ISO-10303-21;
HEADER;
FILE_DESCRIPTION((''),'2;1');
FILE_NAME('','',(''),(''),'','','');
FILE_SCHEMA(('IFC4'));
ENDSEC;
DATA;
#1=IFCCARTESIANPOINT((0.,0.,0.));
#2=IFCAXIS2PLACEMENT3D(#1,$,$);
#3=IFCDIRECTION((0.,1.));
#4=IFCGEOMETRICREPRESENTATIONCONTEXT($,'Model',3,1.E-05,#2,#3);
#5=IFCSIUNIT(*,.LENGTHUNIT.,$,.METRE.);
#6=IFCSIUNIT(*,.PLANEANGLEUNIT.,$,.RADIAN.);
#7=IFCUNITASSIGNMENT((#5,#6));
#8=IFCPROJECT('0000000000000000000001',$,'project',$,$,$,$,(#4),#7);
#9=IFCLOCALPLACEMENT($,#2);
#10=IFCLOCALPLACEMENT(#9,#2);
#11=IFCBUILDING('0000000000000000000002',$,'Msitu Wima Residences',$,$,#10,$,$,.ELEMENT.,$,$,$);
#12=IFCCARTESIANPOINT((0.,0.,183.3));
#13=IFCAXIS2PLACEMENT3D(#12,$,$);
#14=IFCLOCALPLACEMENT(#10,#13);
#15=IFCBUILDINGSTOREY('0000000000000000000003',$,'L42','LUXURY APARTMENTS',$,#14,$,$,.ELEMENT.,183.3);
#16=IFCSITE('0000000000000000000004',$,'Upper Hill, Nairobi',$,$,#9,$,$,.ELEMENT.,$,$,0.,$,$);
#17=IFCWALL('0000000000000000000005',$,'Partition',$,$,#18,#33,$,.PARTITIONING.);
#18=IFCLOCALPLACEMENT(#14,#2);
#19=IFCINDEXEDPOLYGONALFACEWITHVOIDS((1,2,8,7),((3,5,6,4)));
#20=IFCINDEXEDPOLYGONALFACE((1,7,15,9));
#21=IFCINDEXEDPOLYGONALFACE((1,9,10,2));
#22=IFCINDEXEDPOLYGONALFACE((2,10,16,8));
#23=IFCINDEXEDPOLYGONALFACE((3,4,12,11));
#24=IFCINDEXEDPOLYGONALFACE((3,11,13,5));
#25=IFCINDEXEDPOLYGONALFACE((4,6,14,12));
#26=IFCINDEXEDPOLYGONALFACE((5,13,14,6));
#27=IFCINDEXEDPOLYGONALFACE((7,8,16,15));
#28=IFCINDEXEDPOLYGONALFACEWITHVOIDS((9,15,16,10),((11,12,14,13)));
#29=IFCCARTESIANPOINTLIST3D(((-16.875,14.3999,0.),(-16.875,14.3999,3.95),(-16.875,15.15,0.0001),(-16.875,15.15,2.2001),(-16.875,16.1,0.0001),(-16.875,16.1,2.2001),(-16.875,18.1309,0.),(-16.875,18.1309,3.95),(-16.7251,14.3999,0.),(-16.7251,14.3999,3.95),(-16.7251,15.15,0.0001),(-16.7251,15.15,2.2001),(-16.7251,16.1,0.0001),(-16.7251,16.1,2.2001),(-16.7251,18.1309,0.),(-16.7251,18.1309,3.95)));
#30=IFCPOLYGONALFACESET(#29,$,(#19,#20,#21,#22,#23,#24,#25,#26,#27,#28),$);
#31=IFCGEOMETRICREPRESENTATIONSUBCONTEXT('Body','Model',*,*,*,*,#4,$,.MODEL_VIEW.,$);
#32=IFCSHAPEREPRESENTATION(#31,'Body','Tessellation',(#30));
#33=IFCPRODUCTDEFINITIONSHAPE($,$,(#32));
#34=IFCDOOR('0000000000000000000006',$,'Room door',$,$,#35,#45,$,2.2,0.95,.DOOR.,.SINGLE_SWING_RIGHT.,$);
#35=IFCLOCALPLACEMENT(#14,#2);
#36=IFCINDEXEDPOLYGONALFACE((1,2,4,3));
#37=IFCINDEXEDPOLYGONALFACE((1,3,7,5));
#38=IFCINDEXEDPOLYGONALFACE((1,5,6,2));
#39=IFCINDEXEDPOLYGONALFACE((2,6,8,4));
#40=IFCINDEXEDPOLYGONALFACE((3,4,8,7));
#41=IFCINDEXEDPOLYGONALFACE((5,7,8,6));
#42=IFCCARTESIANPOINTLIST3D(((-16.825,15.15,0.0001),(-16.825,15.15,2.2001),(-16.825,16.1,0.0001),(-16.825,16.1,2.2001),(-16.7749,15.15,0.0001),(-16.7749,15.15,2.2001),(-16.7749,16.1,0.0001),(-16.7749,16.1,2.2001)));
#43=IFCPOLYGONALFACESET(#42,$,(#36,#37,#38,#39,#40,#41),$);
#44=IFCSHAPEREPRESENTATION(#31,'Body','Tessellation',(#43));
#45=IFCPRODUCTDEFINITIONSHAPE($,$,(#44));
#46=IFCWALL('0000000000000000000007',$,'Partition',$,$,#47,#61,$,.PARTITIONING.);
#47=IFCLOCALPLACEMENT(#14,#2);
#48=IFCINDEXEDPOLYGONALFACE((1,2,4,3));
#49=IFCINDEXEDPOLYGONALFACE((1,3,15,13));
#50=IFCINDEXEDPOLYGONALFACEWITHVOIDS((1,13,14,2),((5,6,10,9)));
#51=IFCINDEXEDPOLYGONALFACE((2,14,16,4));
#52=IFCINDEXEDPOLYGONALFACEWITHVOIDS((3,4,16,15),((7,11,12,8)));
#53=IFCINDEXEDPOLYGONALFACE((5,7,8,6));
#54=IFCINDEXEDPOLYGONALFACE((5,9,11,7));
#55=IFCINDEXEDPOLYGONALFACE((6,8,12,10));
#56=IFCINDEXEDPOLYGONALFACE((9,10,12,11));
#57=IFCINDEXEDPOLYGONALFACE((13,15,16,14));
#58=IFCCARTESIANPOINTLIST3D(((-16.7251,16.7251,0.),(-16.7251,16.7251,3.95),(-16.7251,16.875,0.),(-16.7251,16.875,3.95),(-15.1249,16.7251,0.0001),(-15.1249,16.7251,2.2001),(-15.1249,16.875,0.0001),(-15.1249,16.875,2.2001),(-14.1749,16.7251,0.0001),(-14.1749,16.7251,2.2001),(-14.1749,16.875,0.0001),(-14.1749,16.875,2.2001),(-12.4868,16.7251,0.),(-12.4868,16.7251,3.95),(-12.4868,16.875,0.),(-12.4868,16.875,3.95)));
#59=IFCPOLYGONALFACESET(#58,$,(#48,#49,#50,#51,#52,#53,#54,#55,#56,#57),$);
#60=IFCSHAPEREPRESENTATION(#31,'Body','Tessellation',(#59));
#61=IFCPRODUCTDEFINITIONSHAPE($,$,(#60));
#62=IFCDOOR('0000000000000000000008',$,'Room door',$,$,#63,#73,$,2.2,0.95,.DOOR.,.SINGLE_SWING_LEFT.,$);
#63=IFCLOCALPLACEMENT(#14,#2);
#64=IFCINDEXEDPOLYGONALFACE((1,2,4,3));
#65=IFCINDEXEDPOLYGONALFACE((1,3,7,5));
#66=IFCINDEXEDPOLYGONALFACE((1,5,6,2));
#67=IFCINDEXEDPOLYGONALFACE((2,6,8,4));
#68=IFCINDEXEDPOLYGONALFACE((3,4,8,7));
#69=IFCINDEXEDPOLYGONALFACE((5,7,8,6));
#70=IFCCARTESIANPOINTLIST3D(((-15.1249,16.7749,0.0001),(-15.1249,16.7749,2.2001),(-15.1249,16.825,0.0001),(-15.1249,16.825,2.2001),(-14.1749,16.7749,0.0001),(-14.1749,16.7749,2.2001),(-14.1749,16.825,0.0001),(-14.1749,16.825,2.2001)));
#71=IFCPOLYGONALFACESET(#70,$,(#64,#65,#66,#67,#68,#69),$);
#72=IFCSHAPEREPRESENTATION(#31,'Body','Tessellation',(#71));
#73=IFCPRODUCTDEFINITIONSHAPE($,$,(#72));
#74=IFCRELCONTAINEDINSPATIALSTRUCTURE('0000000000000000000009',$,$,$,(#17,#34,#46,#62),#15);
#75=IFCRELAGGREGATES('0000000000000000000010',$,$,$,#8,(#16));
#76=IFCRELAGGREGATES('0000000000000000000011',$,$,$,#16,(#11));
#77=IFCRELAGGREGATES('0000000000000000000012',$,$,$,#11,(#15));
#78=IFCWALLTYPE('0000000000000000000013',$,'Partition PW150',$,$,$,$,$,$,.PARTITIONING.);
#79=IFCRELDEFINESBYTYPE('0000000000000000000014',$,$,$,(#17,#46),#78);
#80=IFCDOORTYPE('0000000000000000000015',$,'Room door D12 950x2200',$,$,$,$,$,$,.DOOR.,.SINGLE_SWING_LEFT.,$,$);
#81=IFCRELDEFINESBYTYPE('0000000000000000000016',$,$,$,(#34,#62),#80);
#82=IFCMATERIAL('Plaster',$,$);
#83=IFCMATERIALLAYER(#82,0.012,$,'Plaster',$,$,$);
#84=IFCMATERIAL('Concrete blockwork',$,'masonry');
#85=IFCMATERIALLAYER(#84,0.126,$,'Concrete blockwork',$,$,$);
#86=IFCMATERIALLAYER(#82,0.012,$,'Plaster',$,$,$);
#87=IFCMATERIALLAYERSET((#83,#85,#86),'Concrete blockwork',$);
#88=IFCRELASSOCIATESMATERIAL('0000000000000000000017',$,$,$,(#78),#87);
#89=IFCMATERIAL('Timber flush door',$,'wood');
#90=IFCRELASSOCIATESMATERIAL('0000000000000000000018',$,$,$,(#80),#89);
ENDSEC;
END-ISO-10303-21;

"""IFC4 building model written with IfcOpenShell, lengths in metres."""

from ifc_helpers import new_model, si_unit, direction, frame, frame_2d, origin, place, context, subcontext, project, spatial, rectangle, extrude, material, layer, layer_set, type_object, element, fill, save


model = new_model("IFC4")

# Units and contexts
model_context = context("Model", 3, precision=1e-05, world=origin(), true_north=direction((0.0, 1.0)))
body_context = subcontext(model_context, "Body", "Model", "MODEL_VIEW")
ifc_project = project(units=[si_unit("LENGTHUNIT", "METRE"), si_unit("PLANEANGLEUNIT", "RADIAN")], contexts=[model_context])

# Site, building, storey
site_placement = place(None, origin())
site = spatial("IfcSite", under=ifc_project, at=site_placement, Name="Upper Hill, Nairobi", CompositionType="ELEMENT", RefElevation=0.0)
building_placement = place(site_placement, origin())
building = spatial("IfcBuilding", under=site, at=building_placement, Name="Msitu Wima Residences", CompositionType="ELEMENT")
storey_placement = place(building_placement, frame((0.0, 0.0, 183.3)))
storey = spatial("IfcBuildingStorey", under=building, at=storey_placement, Name="L42", Description="LUXURY APARTMENTS", CompositionType="ELEMENT", Elevation=183.3)

# Shared definitions
ifc_material_1 = material(Name="Plaster")
ifc_material_2 = material(Name="Concrete blockwork", Category="masonry")

# Shared definitions
ifc_layer_1 = layer(ifc_material_1, 0.012, Name="Plaster")
ifc_layer_2 = layer(ifc_material_2, 0.126, Name="Concrete blockwork")
ifc_layer_3 = layer(ifc_material_1, 0.012, Name="Plaster")
ifc_layer_set_1 = layer_set([ifc_layer_1, ifc_layer_2, ifc_layer_3], Name="Concrete blockwork")
wall_type_1 = type_object("IfcWallType", Name="Partition PW150", PredefinedType="PARTITIONING", material=ifc_layer_set_1)

# Shared definitions
ifc_material_3 = material(Name="Timber flush door", Category="wood")
door_type_1 = type_object("IfcDoorType", Name="Room door D12 950x2200", OperationType="SINGLE_SWING_LEFT", PredefinedType="DOOR", material=ifc_material_3)

# Walls, openings, doors
wall_1_placement = place(storey_placement, frame((-16.8, 14.3999, 0.0), z_axis=(0.0, 0.0, 1.0), x_axis=(0.0, 1.0, 0.0)))
wall_1 = element("IfcWall", 1, at=wall_1_placement, inside=storey, type_object=wall_type_1, Name="Partition", PredefinedType="PARTITIONING", context=body_context, shape_type="SweptSolid", body=[
    extrude(rectangle(XDim=3.731, YDim=0.1499, at=frame_2d((1.8655, 0.0))), origin(), (0.0, 0.0, 1.0), 3.95),
])
opening_1_placement = place(wall_1_placement, frame((0.75, 0.0, 0.0)))
opening_1 = element("IfcOpeningElement", 2, at=opening_1_placement, cuts=wall_1, PredefinedType="OPENING", context=body_context, shape_type="SweptSolid", body=[
    extrude(rectangle(XDim=0.95, YDim=2.2, at=frame_2d((0.4751, 1.1001))), frame((0.0, 0.085, 0.0), z_axis=(0.0, -1.0, 0.0), x_axis=(1.0, 0.0, 0.0)), (0.0, 0.0, 1.0), 0.1699),
])
door_1_placement = place(opening_1_placement, origin())
door_1 = element("IfcDoor", 3, at=door_1_placement, inside=storey, type_object=door_type_1, Name="Room door", OperationType="SINGLE_SWING_RIGHT", OverallHeight=2.2, OverallWidth=0.95, PredefinedType="DOOR", context=body_context, shape_type="SweptSolid", body=[
    extrude(rectangle(XDim=0.95, YDim=2.2, at=frame_2d((0.4751, 1.1001))), frame((0.0, 0.0249, 0.0), z_axis=(0.0, -1.0, 0.0), x_axis=(1.0, 0.0, 0.0)), (0.0, 0.0, 1.0), 0.05),
])
fill(opening_1, door_1)
wall_2_placement = place(storey_placement, frame((-16.7251, 16.8, 0.0), z_axis=(0.0, 0.0, 1.0), x_axis=(1.0, 0.0, 0.0)))
wall_2 = element("IfcWall", 4, at=wall_2_placement, inside=storey, type_object=wall_type_1, Name="Partition", PredefinedType="PARTITIONING", context=body_context, shape_type="SweptSolid", body=[
    extrude(rectangle(XDim=4.2383, YDim=0.1499, at=frame_2d((2.1191, 0.0))), origin(), (0.0, 0.0, 1.0), 3.95),
])
opening_2_placement = place(wall_2_placement, frame((1.6001, 0.0, 0.0)))
opening_2 = element("IfcOpeningElement", 5, at=opening_2_placement, cuts=wall_2, PredefinedType="OPENING", context=body_context, shape_type="SweptSolid", body=[
    extrude(rectangle(XDim=0.95, YDim=2.2, at=frame_2d((0.4751, 1.1001))), frame((0.0, 0.085, 0.0), z_axis=(0.0, -1.0, 0.0), x_axis=(1.0, 0.0, 0.0)), (0.0, 0.0, 1.0), 0.1699),
])
door_2_placement = place(opening_2_placement, origin())
door_2 = element("IfcDoor", 6, at=door_2_placement, inside=storey, type_object=door_type_1, Name="Room door", OperationType="SINGLE_SWING_LEFT", OverallHeight=2.2, OverallWidth=0.95, PredefinedType="DOOR", context=body_context, shape_type="SweptSolid", body=[
    extrude(rectangle(XDim=0.95, YDim=2.2, at=frame_2d((0.4751, 1.1001))), frame((0.0, 0.0249, 0.0), z_axis=(0.0, -1.0, 0.0), x_axis=(1.0, 0.0, 0.0)), (0.0, 0.0, 1.0), 0.05),
])
fill(opening_2, door_2)

save(model, "model.ifc")
